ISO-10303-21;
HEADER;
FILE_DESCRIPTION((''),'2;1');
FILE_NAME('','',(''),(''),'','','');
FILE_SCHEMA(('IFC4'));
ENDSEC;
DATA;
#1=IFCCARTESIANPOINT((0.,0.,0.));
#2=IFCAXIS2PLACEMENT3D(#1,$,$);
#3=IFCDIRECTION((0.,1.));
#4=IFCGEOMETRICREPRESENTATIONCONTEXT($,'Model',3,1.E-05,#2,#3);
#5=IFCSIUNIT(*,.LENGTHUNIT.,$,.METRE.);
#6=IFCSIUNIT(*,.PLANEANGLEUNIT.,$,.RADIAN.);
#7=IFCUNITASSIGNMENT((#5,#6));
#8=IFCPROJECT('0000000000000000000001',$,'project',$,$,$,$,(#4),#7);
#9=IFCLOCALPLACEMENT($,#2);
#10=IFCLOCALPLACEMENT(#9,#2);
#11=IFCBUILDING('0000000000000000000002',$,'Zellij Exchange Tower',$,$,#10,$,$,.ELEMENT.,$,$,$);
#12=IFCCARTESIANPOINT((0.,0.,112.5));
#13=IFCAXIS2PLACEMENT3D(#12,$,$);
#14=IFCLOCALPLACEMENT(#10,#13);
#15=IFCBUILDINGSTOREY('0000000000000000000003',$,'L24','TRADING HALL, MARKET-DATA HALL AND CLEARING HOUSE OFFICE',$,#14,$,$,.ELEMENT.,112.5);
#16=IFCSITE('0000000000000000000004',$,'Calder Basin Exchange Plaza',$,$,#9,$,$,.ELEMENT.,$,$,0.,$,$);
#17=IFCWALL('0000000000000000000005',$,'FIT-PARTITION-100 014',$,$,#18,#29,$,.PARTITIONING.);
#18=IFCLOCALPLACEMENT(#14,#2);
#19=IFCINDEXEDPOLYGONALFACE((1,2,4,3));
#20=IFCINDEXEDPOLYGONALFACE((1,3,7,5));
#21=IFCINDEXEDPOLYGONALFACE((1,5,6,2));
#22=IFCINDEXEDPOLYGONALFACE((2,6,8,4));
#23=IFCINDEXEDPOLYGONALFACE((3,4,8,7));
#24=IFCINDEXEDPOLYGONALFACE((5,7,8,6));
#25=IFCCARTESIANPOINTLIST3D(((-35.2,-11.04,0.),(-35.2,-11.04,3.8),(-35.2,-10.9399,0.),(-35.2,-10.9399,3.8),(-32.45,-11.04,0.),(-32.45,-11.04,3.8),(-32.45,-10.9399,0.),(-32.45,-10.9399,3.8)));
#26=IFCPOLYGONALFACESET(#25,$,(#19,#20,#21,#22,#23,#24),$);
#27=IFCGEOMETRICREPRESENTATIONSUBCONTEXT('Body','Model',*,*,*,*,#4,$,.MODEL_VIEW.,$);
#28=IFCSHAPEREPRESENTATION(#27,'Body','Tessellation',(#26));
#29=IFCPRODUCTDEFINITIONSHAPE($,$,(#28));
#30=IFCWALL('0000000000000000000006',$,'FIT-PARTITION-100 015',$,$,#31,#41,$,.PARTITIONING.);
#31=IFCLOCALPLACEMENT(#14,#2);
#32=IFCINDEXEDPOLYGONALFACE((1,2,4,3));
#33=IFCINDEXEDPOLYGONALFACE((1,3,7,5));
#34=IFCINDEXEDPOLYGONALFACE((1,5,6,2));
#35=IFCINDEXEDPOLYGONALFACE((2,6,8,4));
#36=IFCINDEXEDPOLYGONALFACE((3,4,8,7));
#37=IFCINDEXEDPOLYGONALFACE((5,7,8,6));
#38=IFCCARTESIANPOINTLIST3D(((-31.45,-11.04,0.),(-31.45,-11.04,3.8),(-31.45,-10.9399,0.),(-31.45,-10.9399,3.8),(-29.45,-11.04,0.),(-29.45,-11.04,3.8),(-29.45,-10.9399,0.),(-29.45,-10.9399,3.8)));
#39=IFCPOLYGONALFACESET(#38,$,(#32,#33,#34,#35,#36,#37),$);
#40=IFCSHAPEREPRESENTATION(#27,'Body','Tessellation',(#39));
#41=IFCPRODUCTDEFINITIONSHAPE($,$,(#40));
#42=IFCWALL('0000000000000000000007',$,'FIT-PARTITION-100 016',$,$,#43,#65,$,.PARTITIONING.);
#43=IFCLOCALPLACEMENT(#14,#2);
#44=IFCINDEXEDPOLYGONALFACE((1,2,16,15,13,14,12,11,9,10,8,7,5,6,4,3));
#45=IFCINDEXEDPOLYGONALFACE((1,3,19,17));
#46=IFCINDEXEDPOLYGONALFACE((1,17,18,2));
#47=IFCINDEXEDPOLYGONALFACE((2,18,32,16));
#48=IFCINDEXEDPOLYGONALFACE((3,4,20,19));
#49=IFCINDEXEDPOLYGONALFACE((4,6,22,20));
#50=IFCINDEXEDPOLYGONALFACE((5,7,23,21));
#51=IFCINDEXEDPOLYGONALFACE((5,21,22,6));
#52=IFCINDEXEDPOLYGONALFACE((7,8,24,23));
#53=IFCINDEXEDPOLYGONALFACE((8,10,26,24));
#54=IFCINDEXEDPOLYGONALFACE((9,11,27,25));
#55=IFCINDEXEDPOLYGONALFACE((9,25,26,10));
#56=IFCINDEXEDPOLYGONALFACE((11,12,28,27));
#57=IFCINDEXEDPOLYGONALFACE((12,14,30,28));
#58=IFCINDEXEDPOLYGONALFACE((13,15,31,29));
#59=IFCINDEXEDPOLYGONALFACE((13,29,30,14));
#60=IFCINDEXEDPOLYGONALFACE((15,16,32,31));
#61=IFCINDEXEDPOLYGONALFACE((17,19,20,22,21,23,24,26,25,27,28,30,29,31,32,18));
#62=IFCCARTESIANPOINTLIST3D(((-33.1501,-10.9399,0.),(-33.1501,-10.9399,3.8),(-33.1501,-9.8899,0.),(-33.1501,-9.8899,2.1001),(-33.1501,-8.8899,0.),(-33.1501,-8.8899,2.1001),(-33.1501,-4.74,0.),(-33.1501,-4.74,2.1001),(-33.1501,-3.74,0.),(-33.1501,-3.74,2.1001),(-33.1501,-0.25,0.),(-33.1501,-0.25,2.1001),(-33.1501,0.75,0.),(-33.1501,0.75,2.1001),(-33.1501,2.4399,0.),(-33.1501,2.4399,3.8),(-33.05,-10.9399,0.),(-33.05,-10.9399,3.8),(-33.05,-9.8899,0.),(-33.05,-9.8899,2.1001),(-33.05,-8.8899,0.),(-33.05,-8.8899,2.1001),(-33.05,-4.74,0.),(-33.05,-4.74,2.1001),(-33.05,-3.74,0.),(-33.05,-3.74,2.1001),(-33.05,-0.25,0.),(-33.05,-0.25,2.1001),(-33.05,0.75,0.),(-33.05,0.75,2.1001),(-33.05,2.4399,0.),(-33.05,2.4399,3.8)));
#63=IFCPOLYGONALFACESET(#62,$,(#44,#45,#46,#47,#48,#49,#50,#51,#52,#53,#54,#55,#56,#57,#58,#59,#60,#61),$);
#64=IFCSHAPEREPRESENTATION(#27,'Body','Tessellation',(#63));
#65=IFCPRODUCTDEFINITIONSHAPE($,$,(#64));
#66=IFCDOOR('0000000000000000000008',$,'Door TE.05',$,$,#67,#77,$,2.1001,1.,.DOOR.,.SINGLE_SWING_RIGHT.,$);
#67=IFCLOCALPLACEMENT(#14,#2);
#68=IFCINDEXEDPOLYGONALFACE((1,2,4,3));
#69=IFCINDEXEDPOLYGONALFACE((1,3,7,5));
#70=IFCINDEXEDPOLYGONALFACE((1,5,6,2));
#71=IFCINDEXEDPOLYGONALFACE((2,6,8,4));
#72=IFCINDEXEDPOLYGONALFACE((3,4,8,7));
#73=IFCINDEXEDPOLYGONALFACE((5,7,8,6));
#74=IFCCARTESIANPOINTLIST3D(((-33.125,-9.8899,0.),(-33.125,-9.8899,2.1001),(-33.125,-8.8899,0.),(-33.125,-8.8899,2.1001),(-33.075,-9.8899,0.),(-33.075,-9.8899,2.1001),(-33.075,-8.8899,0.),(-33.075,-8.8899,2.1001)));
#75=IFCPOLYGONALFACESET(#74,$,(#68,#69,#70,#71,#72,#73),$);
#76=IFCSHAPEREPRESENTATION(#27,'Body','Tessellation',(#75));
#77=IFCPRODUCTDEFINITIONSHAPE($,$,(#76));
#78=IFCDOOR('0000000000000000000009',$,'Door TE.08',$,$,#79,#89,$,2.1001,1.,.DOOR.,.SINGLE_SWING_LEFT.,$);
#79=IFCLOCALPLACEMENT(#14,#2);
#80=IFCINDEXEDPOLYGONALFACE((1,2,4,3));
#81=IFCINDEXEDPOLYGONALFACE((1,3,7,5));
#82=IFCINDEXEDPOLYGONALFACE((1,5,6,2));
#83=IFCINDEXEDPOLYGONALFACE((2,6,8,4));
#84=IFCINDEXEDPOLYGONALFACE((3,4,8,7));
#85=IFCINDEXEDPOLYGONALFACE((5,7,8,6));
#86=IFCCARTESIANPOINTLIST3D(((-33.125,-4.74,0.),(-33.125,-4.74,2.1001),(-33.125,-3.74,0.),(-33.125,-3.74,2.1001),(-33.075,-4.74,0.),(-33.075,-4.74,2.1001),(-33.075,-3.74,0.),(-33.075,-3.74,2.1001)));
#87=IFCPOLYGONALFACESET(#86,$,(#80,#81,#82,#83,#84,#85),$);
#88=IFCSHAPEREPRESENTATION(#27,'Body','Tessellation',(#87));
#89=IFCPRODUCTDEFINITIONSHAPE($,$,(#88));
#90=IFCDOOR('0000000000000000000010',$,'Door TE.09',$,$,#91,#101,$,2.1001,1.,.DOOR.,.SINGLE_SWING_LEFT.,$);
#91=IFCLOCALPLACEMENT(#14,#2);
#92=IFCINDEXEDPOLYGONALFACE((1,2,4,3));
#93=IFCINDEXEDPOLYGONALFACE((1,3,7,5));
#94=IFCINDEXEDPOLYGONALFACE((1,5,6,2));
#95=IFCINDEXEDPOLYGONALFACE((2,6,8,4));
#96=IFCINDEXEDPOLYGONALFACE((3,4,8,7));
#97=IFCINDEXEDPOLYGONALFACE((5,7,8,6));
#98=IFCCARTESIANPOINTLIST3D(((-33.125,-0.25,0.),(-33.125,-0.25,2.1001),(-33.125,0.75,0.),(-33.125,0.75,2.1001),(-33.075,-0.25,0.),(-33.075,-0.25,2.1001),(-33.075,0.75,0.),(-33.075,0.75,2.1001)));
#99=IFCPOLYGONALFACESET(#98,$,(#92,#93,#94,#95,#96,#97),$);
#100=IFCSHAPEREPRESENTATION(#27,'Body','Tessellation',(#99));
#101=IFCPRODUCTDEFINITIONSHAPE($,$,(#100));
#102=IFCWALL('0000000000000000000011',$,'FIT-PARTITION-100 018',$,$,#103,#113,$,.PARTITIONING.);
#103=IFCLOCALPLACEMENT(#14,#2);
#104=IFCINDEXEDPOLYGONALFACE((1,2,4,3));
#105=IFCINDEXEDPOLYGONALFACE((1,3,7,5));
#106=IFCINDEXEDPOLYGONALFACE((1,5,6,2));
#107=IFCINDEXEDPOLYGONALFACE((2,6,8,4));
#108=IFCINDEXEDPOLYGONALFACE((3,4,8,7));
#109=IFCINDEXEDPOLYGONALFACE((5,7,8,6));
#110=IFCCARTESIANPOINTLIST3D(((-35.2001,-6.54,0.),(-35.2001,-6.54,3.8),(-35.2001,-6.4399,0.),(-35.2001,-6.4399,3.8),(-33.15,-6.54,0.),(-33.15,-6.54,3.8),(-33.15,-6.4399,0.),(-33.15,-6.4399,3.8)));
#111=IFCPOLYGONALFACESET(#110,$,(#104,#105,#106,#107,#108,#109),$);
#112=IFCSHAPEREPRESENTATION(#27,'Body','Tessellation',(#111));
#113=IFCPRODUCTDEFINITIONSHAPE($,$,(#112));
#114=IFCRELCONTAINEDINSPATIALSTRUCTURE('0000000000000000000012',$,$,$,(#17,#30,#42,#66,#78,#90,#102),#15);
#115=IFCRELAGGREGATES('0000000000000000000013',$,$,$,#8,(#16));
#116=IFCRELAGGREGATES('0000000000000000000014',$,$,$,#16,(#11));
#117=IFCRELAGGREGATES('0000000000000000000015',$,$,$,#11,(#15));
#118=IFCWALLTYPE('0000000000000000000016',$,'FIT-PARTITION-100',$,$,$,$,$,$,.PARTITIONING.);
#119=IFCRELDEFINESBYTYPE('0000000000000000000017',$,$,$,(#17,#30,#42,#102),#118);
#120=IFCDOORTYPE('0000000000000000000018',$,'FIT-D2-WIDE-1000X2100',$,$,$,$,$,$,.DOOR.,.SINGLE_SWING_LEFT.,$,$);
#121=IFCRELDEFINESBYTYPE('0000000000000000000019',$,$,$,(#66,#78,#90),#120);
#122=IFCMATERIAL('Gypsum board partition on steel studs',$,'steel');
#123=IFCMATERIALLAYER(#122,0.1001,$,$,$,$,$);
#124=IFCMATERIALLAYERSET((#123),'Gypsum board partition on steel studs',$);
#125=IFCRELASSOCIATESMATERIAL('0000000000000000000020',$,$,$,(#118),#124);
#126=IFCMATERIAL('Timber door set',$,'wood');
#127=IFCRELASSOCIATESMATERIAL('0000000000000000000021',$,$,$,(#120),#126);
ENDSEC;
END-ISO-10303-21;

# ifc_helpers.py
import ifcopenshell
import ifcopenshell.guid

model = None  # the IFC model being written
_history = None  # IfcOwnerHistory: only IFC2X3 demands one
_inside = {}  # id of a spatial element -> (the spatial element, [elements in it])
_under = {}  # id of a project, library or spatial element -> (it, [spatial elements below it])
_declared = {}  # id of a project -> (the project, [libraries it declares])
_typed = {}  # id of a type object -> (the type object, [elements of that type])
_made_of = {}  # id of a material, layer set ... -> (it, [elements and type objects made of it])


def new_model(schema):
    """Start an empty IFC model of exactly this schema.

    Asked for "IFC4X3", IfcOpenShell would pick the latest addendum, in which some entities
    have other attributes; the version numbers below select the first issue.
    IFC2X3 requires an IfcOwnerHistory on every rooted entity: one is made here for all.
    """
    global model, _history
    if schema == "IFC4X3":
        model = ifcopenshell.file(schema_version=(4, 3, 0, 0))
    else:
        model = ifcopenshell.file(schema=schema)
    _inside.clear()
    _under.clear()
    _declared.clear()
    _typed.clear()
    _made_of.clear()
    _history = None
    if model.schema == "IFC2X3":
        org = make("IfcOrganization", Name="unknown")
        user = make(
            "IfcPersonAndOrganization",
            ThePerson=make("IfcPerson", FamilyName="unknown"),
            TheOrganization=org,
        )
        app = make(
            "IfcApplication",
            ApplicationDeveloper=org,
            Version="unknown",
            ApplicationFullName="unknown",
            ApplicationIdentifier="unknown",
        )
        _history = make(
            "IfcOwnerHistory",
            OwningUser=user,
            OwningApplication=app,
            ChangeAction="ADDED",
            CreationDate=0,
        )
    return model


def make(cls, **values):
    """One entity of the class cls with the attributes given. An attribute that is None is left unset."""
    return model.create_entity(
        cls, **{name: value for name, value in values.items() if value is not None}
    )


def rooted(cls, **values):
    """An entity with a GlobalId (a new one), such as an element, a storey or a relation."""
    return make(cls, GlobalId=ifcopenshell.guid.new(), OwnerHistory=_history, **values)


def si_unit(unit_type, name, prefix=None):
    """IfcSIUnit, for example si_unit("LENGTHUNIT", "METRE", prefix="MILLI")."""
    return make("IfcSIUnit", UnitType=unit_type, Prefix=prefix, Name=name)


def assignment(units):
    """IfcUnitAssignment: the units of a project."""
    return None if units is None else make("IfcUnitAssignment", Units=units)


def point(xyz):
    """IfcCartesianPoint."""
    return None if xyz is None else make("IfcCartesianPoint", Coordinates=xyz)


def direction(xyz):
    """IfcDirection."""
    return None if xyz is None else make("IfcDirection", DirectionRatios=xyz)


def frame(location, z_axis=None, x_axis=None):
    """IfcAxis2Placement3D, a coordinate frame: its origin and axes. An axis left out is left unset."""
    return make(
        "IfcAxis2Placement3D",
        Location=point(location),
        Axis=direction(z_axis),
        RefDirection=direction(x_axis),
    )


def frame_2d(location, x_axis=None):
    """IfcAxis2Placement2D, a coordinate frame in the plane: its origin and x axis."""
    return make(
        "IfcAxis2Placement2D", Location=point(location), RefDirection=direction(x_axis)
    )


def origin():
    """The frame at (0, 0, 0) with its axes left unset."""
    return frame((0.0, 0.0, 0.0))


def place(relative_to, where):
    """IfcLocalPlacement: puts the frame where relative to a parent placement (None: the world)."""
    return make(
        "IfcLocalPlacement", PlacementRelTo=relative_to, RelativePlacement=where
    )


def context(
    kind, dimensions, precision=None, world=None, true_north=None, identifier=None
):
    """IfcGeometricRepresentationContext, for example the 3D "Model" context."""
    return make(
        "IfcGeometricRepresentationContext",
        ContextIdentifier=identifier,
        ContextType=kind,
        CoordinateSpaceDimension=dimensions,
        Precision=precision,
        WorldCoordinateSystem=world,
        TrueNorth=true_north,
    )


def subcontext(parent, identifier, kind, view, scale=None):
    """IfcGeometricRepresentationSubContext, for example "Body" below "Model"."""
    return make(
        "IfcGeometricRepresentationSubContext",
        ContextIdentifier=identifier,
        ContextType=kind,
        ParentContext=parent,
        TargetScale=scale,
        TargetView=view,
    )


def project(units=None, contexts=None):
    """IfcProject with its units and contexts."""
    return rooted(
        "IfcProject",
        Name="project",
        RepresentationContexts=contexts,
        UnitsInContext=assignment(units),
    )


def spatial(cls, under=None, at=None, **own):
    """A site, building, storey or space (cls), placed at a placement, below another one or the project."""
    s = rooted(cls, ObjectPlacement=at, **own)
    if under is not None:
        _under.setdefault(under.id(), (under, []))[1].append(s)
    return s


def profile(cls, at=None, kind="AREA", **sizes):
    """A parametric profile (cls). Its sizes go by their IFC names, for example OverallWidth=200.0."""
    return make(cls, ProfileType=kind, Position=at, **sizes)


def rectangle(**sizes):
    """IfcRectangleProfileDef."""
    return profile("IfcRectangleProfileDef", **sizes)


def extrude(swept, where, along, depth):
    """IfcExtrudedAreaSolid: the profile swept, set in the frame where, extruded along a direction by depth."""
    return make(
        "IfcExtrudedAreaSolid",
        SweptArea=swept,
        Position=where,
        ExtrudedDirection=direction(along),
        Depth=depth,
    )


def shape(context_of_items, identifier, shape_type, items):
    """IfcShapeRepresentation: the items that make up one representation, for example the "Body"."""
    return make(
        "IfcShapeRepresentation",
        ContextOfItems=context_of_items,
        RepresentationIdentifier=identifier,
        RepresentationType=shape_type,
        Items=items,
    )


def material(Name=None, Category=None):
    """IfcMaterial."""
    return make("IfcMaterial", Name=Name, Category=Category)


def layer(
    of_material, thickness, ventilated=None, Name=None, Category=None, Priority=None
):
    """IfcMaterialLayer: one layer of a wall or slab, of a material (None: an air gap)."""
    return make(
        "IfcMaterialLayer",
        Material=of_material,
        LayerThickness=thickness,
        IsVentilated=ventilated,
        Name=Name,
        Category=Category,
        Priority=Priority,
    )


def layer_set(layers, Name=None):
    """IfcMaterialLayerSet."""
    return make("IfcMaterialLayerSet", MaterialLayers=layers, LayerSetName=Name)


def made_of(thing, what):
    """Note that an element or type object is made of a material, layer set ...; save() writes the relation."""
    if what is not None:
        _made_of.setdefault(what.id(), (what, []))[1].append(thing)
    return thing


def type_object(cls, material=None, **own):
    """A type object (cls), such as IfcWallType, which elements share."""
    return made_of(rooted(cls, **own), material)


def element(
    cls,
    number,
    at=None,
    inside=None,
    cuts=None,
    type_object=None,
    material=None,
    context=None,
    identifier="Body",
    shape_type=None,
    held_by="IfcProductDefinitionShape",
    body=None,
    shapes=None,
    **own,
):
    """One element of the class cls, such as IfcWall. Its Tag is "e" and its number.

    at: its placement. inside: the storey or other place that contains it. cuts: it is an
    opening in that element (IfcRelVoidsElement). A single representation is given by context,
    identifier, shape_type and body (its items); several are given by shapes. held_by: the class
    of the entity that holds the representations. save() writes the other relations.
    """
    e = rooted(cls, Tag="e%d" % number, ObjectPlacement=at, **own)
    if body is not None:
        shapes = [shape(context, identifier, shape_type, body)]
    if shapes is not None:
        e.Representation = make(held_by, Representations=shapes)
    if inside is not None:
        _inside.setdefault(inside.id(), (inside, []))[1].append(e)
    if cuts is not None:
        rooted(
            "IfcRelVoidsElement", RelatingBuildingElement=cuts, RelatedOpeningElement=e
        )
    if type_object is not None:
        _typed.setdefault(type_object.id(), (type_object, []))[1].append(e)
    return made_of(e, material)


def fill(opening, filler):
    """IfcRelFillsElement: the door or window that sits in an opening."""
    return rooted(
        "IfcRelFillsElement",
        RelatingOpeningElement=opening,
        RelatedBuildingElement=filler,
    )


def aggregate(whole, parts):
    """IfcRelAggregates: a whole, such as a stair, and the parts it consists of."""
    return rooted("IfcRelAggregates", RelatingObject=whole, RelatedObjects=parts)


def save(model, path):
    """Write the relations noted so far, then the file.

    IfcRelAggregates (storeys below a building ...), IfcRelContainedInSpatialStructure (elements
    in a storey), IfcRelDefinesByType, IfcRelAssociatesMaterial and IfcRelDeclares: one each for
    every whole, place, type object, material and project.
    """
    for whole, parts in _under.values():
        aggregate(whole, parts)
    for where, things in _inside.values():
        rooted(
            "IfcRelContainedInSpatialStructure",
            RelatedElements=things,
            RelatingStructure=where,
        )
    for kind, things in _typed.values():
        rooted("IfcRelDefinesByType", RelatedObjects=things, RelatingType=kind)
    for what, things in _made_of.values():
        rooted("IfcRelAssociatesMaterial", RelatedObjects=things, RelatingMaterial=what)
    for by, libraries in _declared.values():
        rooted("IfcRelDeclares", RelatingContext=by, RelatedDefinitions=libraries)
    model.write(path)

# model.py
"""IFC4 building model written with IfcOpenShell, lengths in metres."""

from ifc_helpers import new_model, si_unit, direction, frame, frame_2d, origin, place, context, subcontext, project, spatial, rectangle, extrude, material, layer, layer_set, type_object, element, fill, save


model = new_model("IFC4")

# Units and contexts
model_context = context("Model", 3, precision=1e-05, world=origin(), true_north=direction((0.0, 1.0)))
body_context = subcontext(model_context, "Body", "Model", "MODEL_VIEW")
ifc_project = project(units=[si_unit("LENGTHUNIT", "METRE"), si_unit("PLANEANGLEUNIT", "RADIAN")], contexts=[model_context])

# Site, building, storey
site_placement = place(None, origin())
site = spatial("IfcSite", under=ifc_project, at=site_placement, Name="Calder Basin Exchange Plaza", CompositionType="ELEMENT", RefElevation=0.0)
building_placement = place(site_placement, origin())
building = spatial("IfcBuilding", under=site, at=building_placement, Name="Zellij Exchange Tower", CompositionType="ELEMENT")
storey_placement = place(building_placement, frame((0.0, 0.0, 112.5)))
storey = spatial("IfcBuildingStorey", under=building, at=storey_placement, Name="L24", Description="TRADING HALL, MARKET-DATA HALL AND CLEARING HOUSE OFFICE", CompositionType="ELEMENT", Elevation=112.5)

# Shared definitions
ifc_material_1 = material(Name="Gypsum board partition on steel studs", Category="steel")
ifc_layer_1 = layer(ifc_material_1, 0.1001)
ifc_layer_set_1 = layer_set([ifc_layer_1], Name="Gypsum board partition on steel studs")
wall_type_1 = type_object("IfcWallType", Name="FIT-PARTITION-100", PredefinedType="PARTITIONING", material=ifc_layer_set_1)
ifc_material_2 = material(Name="Timber door set", Category="wood")
door_type_1 = type_object("IfcDoorType", Name="FIT-D2-WIDE-1000X2100", OperationType="SINGLE_SWING_LEFT", PredefinedType="DOOR", material=ifc_material_2)

# Walls
wall_1_placement = place(storey_placement, frame((-35.2, -10.99, 0.0), z_axis=(0.0, 0.0, 1.0), x_axis=(1.0, 0.0, 0.0)))
element("IfcWall", 1, at=wall_1_placement, inside=storey, type_object=wall_type_1, Name="FIT-PARTITION-100 014", PredefinedType="PARTITIONING", context=body_context, shape_type="SweptSolid", body=[
    extrude(rectangle(XDim=2.75, YDim=0.1001, at=frame_2d((1.375, 0.0))), origin(), (0.0, 0.0, 1.0), 3.8),
])
wall_2_placement = place(storey_placement, frame((-31.45, -10.99, 0.0), z_axis=(0.0, 0.0, 1.0), x_axis=(1.0, 0.0, 0.0)))
element("IfcWall", 2, at=wall_2_placement, inside=storey, type_object=wall_type_1, Name="FIT-PARTITION-100 015", PredefinedType="PARTITIONING", context=body_context, shape_type="SweptSolid", body=[
    extrude(rectangle(XDim=2.0, YDim=0.1001, at=frame_2d((1.0, 0.0))), origin(), (0.0, 0.0, 1.0), 3.8),
])

# Wall, openings, doors
wall_3_placement = place(storey_placement, frame((-33.1001, -10.9399, 0.0), z_axis=(0.0, 0.0, 1.0), x_axis=(0.0, 1.0, 0.0)))
wall_3 = element("IfcWall", 3, at=wall_3_placement, inside=storey, type_object=wall_type_1, Name="FIT-PARTITION-100 016", PredefinedType="PARTITIONING", context=body_context, shape_type="SweptSolid", body=[
    extrude(rectangle(XDim=13.3799, YDim=0.1001, at=frame_2d((6.6899, 0.0))), origin(), (0.0, 0.0, 1.0), 3.8),
])
opening_1_placement = place(wall_3_placement, frame((1.05, 0.0, 0.0)))
opening_1 = element("IfcOpeningElement", 4, at=opening_1_placement, cuts=wall_3, PredefinedType="OPENING", context=body_context, shape_type="SweptSolid", body=[
    extrude(rectangle(XDim=1.0, YDim=2.1001, at=frame_2d((0.5, 1.05))), frame((0.0, 0.062, 0.0), z_axis=(0.0, -1.0, 0.0), x_axis=(1.0, 0.0, 0.0)), (0.0, 0.0, 1.0), 0.124),
])
opening_2_placement = place(wall_3_placement, frame((6.2, 0.0, 0.0)))
opening_2 = element("IfcOpeningElement", 5, at=opening_2_placement, cuts=wall_3, PredefinedType="OPENING", context=body_context, shape_type="SweptSolid", body=[
    extrude(rectangle(XDim=1.0, YDim=2.1001, at=frame_2d((0.5, 1.05))), frame((0.0, 0.062, 0.0), z_axis=(0.0, -1.0, 0.0), x_axis=(1.0, 0.0, 0.0)), (0.0, 0.0, 1.0), 0.124),
])
opening_3_placement = place(wall_3_placement, frame((10.6899, 0.0, 0.0)))
opening_3 = element("IfcOpeningElement", 6, at=opening_3_placement, cuts=wall_3, PredefinedType="OPENING", context=body_context, shape_type="SweptSolid", body=[
    extrude(rectangle(XDim=1.0, YDim=2.1001, at=frame_2d((0.5, 1.05))), frame((0.0, 0.062, 0.0), z_axis=(0.0, -1.0, 0.0), x_axis=(1.0, 0.0, 0.0)), (0.0, 0.0, 1.0), 0.124),
])
door_1_placement = place(opening_1_placement, origin())
door_1 = element("IfcDoor", 7, at=door_1_placement, inside=storey, type_object=door_type_1, Name="Door TE.05", OperationType="SINGLE_SWING_RIGHT", OverallHeight=2.1001, OverallWidth=1.0, PredefinedType="DOOR", context=body_context, shape_type="SweptSolid", body=[
    extrude(rectangle(XDim=1.0, YDim=2.1001, at=frame_2d((0.5, 1.05))), frame((0.0, 0.0249, 0.0), z_axis=(0.0, -1.0, 0.0), x_axis=(1.0, 0.0, 0.0)), (0.0, 0.0, 1.0), 0.05),
])
fill(opening_1, door_1)
door_2_placement = place(opening_2_placement, origin())
door_2 = element("IfcDoor", 8, at=door_2_placement, inside=storey, type_object=door_type_1, Name="Door TE.08", OperationType="SINGLE_SWING_LEFT", OverallHeight=2.1001, OverallWidth=1.0, PredefinedType="DOOR", context=body_context, shape_type="SweptSolid", body=[
    extrude(rectangle(XDim=1.0, YDim=2.1001, at=frame_2d((0.5, 1.05))), frame((0.0, 0.0249, 0.0), z_axis=(0.0, -1.0, 0.0), x_axis=(1.0, 0.0, 0.0)), (0.0, 0.0, 1.0), 0.05),
])
fill(opening_2, door_2)
door_3_placement = place(opening_3_placement, origin())
door_3 = element("IfcDoor", 9, at=door_3_placement, inside=storey, type_object=door_type_1, Name="Door TE.09", OperationType="SINGLE_SWING_LEFT", OverallHeight=2.1001, OverallWidth=1.0, PredefinedType="DOOR", context=body_context, shape_type="SweptSolid", body=[
    extrude(rectangle(XDim=1.0, YDim=2.1001, at=frame_2d((0.5, 1.05))), frame((0.0, 0.0249, 0.0), z_axis=(0.0, -1.0, 0.0), x_axis=(1.0, 0.0, 0.0)), (0.0, 0.0, 1.0), 0.05),
])
fill(opening_3, door_3)

# Wall
wall_4_placement = place(storey_placement, frame((-35.2, -6.49, 0.0), z_axis=(0.0, 0.0, 1.0), x_axis=(1.0, 0.0, 0.0)))
element("IfcWall", 10, at=wall_4_placement, inside=storey, type_object=wall_type_1, Name="FIT-PARTITION-100 018", PredefinedType="PARTITIONING", context=body_context, shape_type="SweptSolid", body=[
    extrude(rectangle(XDim=2.05, YDim=0.1001, at=frame_2d((1.0249, 0.0))), origin(), (0.0, 0.0, 1.0), 3.8),
])

save(model, "model.ifc")
